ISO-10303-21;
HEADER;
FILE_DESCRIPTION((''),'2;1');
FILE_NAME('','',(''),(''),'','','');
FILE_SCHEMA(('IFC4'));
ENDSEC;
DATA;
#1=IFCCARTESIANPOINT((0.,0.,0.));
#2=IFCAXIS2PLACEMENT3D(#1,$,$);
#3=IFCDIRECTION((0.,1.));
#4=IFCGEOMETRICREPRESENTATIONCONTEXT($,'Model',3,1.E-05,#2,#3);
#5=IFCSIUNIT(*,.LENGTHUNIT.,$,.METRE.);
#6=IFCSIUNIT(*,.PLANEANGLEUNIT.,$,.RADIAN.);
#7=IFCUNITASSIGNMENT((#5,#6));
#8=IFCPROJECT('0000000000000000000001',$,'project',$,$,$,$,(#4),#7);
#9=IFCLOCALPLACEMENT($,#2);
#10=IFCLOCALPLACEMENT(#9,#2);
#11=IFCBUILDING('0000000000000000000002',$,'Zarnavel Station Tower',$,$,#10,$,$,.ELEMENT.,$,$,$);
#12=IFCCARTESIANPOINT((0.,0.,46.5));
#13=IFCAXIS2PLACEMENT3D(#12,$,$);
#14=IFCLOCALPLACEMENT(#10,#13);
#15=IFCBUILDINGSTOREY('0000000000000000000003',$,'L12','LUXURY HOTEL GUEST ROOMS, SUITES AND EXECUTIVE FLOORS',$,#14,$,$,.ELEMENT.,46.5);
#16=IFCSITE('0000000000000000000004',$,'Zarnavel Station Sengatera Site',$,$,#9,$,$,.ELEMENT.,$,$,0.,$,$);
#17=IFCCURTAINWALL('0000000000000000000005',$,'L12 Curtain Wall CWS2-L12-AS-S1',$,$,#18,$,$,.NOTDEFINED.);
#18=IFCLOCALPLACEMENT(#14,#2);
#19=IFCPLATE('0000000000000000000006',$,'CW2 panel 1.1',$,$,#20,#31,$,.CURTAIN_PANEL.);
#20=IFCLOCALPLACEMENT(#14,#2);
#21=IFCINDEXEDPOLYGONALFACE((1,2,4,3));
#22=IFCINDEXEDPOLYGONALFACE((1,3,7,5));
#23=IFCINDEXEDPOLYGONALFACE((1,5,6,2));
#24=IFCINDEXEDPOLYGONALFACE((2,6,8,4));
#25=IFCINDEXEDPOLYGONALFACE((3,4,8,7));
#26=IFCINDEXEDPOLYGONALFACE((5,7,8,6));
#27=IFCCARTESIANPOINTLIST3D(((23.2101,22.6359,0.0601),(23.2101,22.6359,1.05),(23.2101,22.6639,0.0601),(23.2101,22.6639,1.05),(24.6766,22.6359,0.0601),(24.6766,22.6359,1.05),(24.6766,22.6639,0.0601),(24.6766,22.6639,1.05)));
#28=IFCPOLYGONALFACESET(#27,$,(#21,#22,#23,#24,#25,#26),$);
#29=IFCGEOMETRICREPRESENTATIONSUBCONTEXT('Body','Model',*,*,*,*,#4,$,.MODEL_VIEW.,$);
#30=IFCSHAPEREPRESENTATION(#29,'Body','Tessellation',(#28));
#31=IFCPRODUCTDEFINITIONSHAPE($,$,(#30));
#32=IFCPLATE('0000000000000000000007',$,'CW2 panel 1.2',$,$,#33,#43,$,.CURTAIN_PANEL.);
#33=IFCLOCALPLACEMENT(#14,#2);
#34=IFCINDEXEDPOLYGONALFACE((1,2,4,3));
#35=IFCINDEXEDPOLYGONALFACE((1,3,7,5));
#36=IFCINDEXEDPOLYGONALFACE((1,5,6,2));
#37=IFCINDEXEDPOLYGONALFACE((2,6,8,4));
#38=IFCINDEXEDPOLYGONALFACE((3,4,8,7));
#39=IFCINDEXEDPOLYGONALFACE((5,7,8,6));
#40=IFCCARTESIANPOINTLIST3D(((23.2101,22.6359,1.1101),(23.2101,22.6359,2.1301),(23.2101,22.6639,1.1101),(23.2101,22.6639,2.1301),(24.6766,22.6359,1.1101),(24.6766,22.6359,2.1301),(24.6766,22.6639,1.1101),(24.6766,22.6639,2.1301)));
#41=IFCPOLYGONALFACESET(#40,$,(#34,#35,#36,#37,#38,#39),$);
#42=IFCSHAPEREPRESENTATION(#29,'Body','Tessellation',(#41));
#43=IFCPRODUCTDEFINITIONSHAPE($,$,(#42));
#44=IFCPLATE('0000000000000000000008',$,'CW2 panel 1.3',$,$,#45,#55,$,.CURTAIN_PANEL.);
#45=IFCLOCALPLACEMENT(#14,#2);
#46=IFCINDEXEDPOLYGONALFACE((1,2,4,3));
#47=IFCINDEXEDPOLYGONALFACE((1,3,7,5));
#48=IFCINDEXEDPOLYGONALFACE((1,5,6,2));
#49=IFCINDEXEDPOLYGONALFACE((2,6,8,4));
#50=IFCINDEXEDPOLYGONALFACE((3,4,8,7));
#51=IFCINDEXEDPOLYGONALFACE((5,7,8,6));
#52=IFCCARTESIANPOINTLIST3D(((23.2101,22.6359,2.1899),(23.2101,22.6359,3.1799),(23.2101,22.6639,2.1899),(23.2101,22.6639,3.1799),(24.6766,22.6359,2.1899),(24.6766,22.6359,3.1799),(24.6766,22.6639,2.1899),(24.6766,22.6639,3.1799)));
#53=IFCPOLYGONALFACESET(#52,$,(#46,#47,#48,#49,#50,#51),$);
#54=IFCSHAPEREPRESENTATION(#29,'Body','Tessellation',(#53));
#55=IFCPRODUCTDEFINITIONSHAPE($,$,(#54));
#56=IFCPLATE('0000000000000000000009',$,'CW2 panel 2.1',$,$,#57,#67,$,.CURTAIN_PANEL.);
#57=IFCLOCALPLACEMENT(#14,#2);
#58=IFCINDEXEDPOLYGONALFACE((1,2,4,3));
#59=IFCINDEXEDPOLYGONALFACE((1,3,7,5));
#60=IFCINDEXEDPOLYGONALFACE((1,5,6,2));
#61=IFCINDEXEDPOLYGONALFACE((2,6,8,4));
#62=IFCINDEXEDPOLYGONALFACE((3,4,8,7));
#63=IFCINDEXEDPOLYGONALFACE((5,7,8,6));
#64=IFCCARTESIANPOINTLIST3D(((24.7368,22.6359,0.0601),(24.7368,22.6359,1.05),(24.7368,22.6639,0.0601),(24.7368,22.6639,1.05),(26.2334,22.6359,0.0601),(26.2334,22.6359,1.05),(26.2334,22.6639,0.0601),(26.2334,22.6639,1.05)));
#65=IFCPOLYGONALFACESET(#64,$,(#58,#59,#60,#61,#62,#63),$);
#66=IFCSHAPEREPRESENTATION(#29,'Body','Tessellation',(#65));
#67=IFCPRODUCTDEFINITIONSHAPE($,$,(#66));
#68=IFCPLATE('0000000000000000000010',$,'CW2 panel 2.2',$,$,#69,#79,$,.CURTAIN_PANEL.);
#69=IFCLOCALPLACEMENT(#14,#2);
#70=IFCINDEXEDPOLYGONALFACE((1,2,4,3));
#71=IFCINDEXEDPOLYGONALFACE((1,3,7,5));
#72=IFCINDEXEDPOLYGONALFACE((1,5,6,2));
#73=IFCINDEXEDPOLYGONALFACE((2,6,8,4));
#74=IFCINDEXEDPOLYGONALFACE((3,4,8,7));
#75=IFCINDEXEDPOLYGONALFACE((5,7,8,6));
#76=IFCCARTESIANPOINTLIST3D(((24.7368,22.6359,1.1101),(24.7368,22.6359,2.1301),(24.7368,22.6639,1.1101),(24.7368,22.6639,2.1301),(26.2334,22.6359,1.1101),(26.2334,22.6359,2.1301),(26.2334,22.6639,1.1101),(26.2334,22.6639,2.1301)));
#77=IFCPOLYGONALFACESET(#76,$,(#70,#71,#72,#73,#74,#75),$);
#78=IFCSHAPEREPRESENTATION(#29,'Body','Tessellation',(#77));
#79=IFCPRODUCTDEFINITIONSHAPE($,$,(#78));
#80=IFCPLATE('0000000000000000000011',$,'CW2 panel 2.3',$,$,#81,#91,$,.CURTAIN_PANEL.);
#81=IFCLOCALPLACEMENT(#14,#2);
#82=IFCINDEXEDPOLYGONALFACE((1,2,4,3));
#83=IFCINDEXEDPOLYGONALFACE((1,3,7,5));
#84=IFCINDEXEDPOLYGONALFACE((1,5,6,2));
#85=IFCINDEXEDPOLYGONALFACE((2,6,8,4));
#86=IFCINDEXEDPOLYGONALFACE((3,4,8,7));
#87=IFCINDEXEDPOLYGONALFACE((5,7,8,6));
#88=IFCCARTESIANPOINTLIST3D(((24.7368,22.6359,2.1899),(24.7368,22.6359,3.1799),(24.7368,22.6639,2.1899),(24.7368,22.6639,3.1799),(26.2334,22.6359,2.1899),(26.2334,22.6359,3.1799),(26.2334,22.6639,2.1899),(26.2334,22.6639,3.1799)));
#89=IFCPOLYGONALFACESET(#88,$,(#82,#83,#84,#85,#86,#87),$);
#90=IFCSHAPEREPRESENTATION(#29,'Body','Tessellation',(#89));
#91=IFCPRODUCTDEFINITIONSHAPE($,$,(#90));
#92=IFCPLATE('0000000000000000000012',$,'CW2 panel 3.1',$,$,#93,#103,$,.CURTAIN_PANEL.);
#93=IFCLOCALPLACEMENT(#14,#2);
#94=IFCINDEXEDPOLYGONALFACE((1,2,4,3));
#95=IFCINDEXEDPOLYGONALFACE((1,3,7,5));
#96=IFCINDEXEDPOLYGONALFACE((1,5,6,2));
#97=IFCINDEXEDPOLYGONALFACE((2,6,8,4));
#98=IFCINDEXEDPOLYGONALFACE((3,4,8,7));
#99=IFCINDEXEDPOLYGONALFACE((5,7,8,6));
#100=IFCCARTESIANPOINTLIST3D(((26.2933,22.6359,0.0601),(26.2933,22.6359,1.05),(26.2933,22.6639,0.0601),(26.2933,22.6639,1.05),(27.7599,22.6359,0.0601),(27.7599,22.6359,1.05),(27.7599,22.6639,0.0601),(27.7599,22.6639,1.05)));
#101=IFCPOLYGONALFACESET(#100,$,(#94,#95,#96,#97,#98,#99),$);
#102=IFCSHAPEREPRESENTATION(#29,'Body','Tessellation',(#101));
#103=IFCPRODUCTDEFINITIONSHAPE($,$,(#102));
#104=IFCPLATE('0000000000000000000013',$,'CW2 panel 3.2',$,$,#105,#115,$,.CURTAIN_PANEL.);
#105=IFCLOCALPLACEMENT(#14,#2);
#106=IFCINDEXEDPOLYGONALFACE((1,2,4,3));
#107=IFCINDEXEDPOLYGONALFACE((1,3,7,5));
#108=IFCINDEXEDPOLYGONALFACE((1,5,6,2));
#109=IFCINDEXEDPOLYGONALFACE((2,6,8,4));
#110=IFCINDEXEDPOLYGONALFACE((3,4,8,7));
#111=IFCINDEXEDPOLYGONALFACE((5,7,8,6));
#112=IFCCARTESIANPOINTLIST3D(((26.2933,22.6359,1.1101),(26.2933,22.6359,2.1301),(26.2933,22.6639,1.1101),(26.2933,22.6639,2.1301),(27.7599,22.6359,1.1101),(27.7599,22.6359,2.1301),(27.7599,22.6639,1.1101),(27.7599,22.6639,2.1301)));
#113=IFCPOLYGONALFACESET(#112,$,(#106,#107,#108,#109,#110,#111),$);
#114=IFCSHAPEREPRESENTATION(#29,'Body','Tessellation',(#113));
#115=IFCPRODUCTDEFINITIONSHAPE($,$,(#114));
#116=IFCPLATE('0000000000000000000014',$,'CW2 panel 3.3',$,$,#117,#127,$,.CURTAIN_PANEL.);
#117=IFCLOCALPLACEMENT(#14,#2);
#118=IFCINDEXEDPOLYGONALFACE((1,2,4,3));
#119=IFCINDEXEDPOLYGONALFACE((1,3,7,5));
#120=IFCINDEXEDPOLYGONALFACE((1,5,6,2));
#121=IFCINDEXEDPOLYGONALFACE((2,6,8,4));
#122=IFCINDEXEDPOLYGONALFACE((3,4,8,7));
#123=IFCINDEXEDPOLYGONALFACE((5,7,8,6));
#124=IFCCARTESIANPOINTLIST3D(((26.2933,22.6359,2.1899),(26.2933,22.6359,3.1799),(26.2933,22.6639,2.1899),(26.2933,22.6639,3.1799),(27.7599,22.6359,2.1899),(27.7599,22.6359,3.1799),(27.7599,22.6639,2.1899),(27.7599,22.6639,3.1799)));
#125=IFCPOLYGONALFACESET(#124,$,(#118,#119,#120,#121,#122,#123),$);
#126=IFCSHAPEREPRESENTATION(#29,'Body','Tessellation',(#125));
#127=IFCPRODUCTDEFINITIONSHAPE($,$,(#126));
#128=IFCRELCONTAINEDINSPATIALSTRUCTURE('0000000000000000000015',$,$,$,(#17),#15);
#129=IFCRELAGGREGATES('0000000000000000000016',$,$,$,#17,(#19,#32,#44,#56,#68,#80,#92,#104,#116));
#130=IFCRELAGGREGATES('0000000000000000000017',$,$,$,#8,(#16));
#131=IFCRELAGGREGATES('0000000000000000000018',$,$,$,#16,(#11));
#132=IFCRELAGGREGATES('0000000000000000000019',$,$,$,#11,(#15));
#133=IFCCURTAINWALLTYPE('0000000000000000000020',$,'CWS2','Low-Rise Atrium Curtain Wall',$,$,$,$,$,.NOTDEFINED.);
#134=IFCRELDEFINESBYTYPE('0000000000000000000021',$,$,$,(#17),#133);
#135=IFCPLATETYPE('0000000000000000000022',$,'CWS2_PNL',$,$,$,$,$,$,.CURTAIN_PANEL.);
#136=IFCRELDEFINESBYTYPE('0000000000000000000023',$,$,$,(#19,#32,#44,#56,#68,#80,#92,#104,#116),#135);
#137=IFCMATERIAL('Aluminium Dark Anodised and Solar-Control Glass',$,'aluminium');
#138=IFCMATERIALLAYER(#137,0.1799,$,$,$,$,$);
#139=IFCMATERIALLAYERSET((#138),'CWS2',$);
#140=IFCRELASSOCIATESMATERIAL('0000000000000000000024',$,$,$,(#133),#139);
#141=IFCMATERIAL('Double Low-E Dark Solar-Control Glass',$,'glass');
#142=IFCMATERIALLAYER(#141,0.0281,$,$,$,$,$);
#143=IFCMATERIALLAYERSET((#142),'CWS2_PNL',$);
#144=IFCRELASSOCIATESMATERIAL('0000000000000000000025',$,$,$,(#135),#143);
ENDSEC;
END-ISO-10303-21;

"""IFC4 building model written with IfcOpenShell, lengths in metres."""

from ifc_helpers import new_model, si_unit, direction, frame, origin, origin_2d, place, context, subcontext, project, spatial, rectangle, extrude, material, layer, layer_set, type_object, element, aggregate, save


model = new_model("IFC4")

# Units and contexts
model_context = context("Model", 3, precision=1e-05, world=origin(), true_north=direction((0.0, 1.0)))
body_context = subcontext(model_context, "Body", "Model", "MODEL_VIEW")
ifc_project = project(units=[si_unit("LENGTHUNIT", "METRE"), si_unit("PLANEANGLEUNIT", "RADIAN")], contexts=[model_context])

# Site, building, storey
site_placement = place(None, origin())
site = spatial("IfcSite", under=ifc_project, at=site_placement, Name="Zarnavel Station Sengatera Site", CompositionType="ELEMENT", RefElevation=0.0)
building_placement = place(site_placement, origin())
building = spatial("IfcBuilding", under=site, at=building_placement, Name="Zarnavel Station Tower", CompositionType="ELEMENT")
storey_placement = place(building_placement, frame((0.0, 0.0, 46.5)))
storey = spatial("IfcBuildingStorey", under=building, at=storey_placement, Name="L12", Description="LUXURY HOTEL GUEST ROOMS, SUITES AND EXECUTIVE FLOORS", CompositionType="ELEMENT", Elevation=46.5)

# Curtain wall, plates
ifc_material_1 = material(Name="Aluminium Dark Anodised and Solar-Control Glass", Category="aluminium")
ifc_layer_1 = layer(ifc_material_1, 0.1799)
ifc_layer_set_1 = layer_set([ifc_layer_1], Name="CWS2")
curtain_wall_type = type_object("IfcCurtainWallType", Name="CWS2", Description="Low-Rise Atrium Curtain Wall", PredefinedType="NOTDEFINED", material=ifc_layer_set_1)
curtain_wall_placement = place(storey_placement, origin())
curtain_wall = element("IfcCurtainWall", 1, at=curtain_wall_placement, inside=storey, type_object=curtain_wall_type, Name="L12 Curtain Wall CWS2-L12-AS-S1", PredefinedType="NOTDEFINED")
ifc_material_2 = material(Name="Double Low-E Dark Solar-Control Glass", Category="glass")
ifc_layer_2 = layer(ifc_material_2, 0.0281)
ifc_layer_set_2 = layer_set([ifc_layer_2], Name="CWS2_PNL")
plate_type = type_object("IfcPlateType", Name="CWS2_PNL", PredefinedType="CURTAIN_PANEL", material=ifc_layer_set_2)
plate_1_placement = place(storey_placement, frame((23.9434, 22.6499, 0.0601), z_axis=(0.0, 0.0, 1.0), x_axis=(1.0, 0.0, 0.0)))
plate_1 = element("IfcPlate", 2, at=plate_1_placement, type_object=plate_type, Name="CW2 panel 1.1", PredefinedType="CURTAIN_PANEL", context=body_context, shape_type="SweptSolid", body=[
    extrude(rectangle(XDim=1.4666, YDim=0.0281, at=origin_2d()), origin(), (0.0, 0.0, 1.0), 0.99),
])
plate_2_placement = place(storey_placement, frame((23.9434, 22.6499, 1.1101), z_axis=(0.0, 0.0, 1.0), x_axis=(1.0, 0.0, 0.0)))
plate_2 = element("IfcPlate", 3, at=plate_2_placement, type_object=plate_type, Name="CW2 panel 1.2", PredefinedType="CURTAIN_PANEL", context=body_context, shape_type="SweptSolid", body=[
    extrude(rectangle(XDim=1.4666, YDim=0.0281, at=origin_2d()), origin(), (0.0, 0.0, 1.0), 1.02),
])
plate_3_placement = place(storey_placement, frame((23.9434, 22.6499, 2.1899), z_axis=(0.0, 0.0, 1.0), x_axis=(1.0, 0.0, 0.0)))
plate_3 = element("IfcPlate", 4, at=plate_3_placement, type_object=plate_type, Name="CW2 panel 1.3", PredefinedType="CURTAIN_PANEL", context=body_context, shape_type="SweptSolid", body=[
    extrude(rectangle(XDim=1.4666, YDim=0.0281, at=origin_2d()), origin(), (0.0, 0.0, 1.0), 0.99),
])
plate_4_placement = place(storey_placement, frame((25.4851, 22.6499, 0.0601), z_axis=(0.0, 0.0, 1.0), x_axis=(1.0, 0.0, 0.0)))
plate_4 = element("IfcPlate", 5, at=plate_4_placement, type_object=plate_type, Name="CW2 panel 2.1", PredefinedType="CURTAIN_PANEL", context=body_context, shape_type="SweptSolid", body=[
    extrude(rectangle(XDim=1.4966, YDim=0.0281, at=origin_2d()), origin(), (0.0, 0.0, 1.0), 0.99),
])
plate_5_placement = place(storey_placement, frame((25.4851, 22.6499, 1.1101), z_axis=(0.0, 0.0, 1.0), x_axis=(1.0, 0.0, 0.0)))
plate_5 = element("IfcPlate", 6, at=plate_5_placement, type_object=plate_type, Name="CW2 panel 2.2", PredefinedType="CURTAIN_PANEL", context=body_context, shape_type="SweptSolid", body=[
    extrude(rectangle(XDim=1.4966, YDim=0.0281, at=origin_2d()), origin(), (0.0, 0.0, 1.0), 1.02),
])
plate_6_placement = place(storey_placement, frame((25.4851, 22.6499, 2.1899), z_axis=(0.0, 0.0, 1.0), x_axis=(1.0, 0.0, 0.0)))
plate_6 = element("IfcPlate", 7, at=plate_6_placement, type_object=plate_type, Name="CW2 panel 2.3", PredefinedType="CURTAIN_PANEL", context=body_context, shape_type="SweptSolid", body=[
    extrude(rectangle(XDim=1.4966, YDim=0.0281, at=origin_2d()), origin(), (0.0, 0.0, 1.0), 0.99),
])
plate_7_placement = place(storey_placement, frame((27.0266, 22.6499, 0.0601), z_axis=(0.0, 0.0, 1.0), x_axis=(1.0, 0.0, 0.0)))
plate_7 = element("IfcPlate", 8, at=plate_7_placement, type_object=plate_type, Name="CW2 panel 3.1", PredefinedType="CURTAIN_PANEL", context=body_context, shape_type="SweptSolid", body=[
    extrude(rectangle(XDim=1.4666, YDim=0.0281, at=origin_2d()), origin(), (0.0, 0.0, 1.0), 0.99),
])
plate_8_placement = place(storey_placement, frame((27.0266, 22.6499, 1.1101), z_axis=(0.0, 0.0, 1.0), x_axis=(1.0, 0.0, 0.0)))
plate_8 = element("IfcPlate", 9, at=plate_8_placement, type_object=plate_type, Name="CW2 panel 3.2", PredefinedType="CURTAIN_PANEL", context=body_context, shape_type="SweptSolid", body=[
    extrude(rectangle(XDim=1.4666, YDim=0.0281, at=origin_2d()), origin(), (0.0, 0.0, 1.0), 1.02),
])
plate_9_placement = place(storey_placement, frame((27.0266, 22.6499, 2.1899), z_axis=(0.0, 0.0, 1.0), x_axis=(1.0, 0.0, 0.0)))
plate_9 = element("IfcPlate", 10, at=plate_9_placement, type_object=plate_type, Name="CW2 panel 3.3", PredefinedType="CURTAIN_PANEL", context=body_context, shape_type="SweptSolid", body=[
    extrude(rectangle(XDim=1.4666, YDim=0.0281, at=origin_2d()), origin(), (0.0, 0.0, 1.0), 0.99),
])
aggregate(curtain_wall, [plate_1, plate_2, plate_3, plate_4, plate_5, plate_6, plate_7, plate_8, plate_9])

save(model, "model.ifc")
